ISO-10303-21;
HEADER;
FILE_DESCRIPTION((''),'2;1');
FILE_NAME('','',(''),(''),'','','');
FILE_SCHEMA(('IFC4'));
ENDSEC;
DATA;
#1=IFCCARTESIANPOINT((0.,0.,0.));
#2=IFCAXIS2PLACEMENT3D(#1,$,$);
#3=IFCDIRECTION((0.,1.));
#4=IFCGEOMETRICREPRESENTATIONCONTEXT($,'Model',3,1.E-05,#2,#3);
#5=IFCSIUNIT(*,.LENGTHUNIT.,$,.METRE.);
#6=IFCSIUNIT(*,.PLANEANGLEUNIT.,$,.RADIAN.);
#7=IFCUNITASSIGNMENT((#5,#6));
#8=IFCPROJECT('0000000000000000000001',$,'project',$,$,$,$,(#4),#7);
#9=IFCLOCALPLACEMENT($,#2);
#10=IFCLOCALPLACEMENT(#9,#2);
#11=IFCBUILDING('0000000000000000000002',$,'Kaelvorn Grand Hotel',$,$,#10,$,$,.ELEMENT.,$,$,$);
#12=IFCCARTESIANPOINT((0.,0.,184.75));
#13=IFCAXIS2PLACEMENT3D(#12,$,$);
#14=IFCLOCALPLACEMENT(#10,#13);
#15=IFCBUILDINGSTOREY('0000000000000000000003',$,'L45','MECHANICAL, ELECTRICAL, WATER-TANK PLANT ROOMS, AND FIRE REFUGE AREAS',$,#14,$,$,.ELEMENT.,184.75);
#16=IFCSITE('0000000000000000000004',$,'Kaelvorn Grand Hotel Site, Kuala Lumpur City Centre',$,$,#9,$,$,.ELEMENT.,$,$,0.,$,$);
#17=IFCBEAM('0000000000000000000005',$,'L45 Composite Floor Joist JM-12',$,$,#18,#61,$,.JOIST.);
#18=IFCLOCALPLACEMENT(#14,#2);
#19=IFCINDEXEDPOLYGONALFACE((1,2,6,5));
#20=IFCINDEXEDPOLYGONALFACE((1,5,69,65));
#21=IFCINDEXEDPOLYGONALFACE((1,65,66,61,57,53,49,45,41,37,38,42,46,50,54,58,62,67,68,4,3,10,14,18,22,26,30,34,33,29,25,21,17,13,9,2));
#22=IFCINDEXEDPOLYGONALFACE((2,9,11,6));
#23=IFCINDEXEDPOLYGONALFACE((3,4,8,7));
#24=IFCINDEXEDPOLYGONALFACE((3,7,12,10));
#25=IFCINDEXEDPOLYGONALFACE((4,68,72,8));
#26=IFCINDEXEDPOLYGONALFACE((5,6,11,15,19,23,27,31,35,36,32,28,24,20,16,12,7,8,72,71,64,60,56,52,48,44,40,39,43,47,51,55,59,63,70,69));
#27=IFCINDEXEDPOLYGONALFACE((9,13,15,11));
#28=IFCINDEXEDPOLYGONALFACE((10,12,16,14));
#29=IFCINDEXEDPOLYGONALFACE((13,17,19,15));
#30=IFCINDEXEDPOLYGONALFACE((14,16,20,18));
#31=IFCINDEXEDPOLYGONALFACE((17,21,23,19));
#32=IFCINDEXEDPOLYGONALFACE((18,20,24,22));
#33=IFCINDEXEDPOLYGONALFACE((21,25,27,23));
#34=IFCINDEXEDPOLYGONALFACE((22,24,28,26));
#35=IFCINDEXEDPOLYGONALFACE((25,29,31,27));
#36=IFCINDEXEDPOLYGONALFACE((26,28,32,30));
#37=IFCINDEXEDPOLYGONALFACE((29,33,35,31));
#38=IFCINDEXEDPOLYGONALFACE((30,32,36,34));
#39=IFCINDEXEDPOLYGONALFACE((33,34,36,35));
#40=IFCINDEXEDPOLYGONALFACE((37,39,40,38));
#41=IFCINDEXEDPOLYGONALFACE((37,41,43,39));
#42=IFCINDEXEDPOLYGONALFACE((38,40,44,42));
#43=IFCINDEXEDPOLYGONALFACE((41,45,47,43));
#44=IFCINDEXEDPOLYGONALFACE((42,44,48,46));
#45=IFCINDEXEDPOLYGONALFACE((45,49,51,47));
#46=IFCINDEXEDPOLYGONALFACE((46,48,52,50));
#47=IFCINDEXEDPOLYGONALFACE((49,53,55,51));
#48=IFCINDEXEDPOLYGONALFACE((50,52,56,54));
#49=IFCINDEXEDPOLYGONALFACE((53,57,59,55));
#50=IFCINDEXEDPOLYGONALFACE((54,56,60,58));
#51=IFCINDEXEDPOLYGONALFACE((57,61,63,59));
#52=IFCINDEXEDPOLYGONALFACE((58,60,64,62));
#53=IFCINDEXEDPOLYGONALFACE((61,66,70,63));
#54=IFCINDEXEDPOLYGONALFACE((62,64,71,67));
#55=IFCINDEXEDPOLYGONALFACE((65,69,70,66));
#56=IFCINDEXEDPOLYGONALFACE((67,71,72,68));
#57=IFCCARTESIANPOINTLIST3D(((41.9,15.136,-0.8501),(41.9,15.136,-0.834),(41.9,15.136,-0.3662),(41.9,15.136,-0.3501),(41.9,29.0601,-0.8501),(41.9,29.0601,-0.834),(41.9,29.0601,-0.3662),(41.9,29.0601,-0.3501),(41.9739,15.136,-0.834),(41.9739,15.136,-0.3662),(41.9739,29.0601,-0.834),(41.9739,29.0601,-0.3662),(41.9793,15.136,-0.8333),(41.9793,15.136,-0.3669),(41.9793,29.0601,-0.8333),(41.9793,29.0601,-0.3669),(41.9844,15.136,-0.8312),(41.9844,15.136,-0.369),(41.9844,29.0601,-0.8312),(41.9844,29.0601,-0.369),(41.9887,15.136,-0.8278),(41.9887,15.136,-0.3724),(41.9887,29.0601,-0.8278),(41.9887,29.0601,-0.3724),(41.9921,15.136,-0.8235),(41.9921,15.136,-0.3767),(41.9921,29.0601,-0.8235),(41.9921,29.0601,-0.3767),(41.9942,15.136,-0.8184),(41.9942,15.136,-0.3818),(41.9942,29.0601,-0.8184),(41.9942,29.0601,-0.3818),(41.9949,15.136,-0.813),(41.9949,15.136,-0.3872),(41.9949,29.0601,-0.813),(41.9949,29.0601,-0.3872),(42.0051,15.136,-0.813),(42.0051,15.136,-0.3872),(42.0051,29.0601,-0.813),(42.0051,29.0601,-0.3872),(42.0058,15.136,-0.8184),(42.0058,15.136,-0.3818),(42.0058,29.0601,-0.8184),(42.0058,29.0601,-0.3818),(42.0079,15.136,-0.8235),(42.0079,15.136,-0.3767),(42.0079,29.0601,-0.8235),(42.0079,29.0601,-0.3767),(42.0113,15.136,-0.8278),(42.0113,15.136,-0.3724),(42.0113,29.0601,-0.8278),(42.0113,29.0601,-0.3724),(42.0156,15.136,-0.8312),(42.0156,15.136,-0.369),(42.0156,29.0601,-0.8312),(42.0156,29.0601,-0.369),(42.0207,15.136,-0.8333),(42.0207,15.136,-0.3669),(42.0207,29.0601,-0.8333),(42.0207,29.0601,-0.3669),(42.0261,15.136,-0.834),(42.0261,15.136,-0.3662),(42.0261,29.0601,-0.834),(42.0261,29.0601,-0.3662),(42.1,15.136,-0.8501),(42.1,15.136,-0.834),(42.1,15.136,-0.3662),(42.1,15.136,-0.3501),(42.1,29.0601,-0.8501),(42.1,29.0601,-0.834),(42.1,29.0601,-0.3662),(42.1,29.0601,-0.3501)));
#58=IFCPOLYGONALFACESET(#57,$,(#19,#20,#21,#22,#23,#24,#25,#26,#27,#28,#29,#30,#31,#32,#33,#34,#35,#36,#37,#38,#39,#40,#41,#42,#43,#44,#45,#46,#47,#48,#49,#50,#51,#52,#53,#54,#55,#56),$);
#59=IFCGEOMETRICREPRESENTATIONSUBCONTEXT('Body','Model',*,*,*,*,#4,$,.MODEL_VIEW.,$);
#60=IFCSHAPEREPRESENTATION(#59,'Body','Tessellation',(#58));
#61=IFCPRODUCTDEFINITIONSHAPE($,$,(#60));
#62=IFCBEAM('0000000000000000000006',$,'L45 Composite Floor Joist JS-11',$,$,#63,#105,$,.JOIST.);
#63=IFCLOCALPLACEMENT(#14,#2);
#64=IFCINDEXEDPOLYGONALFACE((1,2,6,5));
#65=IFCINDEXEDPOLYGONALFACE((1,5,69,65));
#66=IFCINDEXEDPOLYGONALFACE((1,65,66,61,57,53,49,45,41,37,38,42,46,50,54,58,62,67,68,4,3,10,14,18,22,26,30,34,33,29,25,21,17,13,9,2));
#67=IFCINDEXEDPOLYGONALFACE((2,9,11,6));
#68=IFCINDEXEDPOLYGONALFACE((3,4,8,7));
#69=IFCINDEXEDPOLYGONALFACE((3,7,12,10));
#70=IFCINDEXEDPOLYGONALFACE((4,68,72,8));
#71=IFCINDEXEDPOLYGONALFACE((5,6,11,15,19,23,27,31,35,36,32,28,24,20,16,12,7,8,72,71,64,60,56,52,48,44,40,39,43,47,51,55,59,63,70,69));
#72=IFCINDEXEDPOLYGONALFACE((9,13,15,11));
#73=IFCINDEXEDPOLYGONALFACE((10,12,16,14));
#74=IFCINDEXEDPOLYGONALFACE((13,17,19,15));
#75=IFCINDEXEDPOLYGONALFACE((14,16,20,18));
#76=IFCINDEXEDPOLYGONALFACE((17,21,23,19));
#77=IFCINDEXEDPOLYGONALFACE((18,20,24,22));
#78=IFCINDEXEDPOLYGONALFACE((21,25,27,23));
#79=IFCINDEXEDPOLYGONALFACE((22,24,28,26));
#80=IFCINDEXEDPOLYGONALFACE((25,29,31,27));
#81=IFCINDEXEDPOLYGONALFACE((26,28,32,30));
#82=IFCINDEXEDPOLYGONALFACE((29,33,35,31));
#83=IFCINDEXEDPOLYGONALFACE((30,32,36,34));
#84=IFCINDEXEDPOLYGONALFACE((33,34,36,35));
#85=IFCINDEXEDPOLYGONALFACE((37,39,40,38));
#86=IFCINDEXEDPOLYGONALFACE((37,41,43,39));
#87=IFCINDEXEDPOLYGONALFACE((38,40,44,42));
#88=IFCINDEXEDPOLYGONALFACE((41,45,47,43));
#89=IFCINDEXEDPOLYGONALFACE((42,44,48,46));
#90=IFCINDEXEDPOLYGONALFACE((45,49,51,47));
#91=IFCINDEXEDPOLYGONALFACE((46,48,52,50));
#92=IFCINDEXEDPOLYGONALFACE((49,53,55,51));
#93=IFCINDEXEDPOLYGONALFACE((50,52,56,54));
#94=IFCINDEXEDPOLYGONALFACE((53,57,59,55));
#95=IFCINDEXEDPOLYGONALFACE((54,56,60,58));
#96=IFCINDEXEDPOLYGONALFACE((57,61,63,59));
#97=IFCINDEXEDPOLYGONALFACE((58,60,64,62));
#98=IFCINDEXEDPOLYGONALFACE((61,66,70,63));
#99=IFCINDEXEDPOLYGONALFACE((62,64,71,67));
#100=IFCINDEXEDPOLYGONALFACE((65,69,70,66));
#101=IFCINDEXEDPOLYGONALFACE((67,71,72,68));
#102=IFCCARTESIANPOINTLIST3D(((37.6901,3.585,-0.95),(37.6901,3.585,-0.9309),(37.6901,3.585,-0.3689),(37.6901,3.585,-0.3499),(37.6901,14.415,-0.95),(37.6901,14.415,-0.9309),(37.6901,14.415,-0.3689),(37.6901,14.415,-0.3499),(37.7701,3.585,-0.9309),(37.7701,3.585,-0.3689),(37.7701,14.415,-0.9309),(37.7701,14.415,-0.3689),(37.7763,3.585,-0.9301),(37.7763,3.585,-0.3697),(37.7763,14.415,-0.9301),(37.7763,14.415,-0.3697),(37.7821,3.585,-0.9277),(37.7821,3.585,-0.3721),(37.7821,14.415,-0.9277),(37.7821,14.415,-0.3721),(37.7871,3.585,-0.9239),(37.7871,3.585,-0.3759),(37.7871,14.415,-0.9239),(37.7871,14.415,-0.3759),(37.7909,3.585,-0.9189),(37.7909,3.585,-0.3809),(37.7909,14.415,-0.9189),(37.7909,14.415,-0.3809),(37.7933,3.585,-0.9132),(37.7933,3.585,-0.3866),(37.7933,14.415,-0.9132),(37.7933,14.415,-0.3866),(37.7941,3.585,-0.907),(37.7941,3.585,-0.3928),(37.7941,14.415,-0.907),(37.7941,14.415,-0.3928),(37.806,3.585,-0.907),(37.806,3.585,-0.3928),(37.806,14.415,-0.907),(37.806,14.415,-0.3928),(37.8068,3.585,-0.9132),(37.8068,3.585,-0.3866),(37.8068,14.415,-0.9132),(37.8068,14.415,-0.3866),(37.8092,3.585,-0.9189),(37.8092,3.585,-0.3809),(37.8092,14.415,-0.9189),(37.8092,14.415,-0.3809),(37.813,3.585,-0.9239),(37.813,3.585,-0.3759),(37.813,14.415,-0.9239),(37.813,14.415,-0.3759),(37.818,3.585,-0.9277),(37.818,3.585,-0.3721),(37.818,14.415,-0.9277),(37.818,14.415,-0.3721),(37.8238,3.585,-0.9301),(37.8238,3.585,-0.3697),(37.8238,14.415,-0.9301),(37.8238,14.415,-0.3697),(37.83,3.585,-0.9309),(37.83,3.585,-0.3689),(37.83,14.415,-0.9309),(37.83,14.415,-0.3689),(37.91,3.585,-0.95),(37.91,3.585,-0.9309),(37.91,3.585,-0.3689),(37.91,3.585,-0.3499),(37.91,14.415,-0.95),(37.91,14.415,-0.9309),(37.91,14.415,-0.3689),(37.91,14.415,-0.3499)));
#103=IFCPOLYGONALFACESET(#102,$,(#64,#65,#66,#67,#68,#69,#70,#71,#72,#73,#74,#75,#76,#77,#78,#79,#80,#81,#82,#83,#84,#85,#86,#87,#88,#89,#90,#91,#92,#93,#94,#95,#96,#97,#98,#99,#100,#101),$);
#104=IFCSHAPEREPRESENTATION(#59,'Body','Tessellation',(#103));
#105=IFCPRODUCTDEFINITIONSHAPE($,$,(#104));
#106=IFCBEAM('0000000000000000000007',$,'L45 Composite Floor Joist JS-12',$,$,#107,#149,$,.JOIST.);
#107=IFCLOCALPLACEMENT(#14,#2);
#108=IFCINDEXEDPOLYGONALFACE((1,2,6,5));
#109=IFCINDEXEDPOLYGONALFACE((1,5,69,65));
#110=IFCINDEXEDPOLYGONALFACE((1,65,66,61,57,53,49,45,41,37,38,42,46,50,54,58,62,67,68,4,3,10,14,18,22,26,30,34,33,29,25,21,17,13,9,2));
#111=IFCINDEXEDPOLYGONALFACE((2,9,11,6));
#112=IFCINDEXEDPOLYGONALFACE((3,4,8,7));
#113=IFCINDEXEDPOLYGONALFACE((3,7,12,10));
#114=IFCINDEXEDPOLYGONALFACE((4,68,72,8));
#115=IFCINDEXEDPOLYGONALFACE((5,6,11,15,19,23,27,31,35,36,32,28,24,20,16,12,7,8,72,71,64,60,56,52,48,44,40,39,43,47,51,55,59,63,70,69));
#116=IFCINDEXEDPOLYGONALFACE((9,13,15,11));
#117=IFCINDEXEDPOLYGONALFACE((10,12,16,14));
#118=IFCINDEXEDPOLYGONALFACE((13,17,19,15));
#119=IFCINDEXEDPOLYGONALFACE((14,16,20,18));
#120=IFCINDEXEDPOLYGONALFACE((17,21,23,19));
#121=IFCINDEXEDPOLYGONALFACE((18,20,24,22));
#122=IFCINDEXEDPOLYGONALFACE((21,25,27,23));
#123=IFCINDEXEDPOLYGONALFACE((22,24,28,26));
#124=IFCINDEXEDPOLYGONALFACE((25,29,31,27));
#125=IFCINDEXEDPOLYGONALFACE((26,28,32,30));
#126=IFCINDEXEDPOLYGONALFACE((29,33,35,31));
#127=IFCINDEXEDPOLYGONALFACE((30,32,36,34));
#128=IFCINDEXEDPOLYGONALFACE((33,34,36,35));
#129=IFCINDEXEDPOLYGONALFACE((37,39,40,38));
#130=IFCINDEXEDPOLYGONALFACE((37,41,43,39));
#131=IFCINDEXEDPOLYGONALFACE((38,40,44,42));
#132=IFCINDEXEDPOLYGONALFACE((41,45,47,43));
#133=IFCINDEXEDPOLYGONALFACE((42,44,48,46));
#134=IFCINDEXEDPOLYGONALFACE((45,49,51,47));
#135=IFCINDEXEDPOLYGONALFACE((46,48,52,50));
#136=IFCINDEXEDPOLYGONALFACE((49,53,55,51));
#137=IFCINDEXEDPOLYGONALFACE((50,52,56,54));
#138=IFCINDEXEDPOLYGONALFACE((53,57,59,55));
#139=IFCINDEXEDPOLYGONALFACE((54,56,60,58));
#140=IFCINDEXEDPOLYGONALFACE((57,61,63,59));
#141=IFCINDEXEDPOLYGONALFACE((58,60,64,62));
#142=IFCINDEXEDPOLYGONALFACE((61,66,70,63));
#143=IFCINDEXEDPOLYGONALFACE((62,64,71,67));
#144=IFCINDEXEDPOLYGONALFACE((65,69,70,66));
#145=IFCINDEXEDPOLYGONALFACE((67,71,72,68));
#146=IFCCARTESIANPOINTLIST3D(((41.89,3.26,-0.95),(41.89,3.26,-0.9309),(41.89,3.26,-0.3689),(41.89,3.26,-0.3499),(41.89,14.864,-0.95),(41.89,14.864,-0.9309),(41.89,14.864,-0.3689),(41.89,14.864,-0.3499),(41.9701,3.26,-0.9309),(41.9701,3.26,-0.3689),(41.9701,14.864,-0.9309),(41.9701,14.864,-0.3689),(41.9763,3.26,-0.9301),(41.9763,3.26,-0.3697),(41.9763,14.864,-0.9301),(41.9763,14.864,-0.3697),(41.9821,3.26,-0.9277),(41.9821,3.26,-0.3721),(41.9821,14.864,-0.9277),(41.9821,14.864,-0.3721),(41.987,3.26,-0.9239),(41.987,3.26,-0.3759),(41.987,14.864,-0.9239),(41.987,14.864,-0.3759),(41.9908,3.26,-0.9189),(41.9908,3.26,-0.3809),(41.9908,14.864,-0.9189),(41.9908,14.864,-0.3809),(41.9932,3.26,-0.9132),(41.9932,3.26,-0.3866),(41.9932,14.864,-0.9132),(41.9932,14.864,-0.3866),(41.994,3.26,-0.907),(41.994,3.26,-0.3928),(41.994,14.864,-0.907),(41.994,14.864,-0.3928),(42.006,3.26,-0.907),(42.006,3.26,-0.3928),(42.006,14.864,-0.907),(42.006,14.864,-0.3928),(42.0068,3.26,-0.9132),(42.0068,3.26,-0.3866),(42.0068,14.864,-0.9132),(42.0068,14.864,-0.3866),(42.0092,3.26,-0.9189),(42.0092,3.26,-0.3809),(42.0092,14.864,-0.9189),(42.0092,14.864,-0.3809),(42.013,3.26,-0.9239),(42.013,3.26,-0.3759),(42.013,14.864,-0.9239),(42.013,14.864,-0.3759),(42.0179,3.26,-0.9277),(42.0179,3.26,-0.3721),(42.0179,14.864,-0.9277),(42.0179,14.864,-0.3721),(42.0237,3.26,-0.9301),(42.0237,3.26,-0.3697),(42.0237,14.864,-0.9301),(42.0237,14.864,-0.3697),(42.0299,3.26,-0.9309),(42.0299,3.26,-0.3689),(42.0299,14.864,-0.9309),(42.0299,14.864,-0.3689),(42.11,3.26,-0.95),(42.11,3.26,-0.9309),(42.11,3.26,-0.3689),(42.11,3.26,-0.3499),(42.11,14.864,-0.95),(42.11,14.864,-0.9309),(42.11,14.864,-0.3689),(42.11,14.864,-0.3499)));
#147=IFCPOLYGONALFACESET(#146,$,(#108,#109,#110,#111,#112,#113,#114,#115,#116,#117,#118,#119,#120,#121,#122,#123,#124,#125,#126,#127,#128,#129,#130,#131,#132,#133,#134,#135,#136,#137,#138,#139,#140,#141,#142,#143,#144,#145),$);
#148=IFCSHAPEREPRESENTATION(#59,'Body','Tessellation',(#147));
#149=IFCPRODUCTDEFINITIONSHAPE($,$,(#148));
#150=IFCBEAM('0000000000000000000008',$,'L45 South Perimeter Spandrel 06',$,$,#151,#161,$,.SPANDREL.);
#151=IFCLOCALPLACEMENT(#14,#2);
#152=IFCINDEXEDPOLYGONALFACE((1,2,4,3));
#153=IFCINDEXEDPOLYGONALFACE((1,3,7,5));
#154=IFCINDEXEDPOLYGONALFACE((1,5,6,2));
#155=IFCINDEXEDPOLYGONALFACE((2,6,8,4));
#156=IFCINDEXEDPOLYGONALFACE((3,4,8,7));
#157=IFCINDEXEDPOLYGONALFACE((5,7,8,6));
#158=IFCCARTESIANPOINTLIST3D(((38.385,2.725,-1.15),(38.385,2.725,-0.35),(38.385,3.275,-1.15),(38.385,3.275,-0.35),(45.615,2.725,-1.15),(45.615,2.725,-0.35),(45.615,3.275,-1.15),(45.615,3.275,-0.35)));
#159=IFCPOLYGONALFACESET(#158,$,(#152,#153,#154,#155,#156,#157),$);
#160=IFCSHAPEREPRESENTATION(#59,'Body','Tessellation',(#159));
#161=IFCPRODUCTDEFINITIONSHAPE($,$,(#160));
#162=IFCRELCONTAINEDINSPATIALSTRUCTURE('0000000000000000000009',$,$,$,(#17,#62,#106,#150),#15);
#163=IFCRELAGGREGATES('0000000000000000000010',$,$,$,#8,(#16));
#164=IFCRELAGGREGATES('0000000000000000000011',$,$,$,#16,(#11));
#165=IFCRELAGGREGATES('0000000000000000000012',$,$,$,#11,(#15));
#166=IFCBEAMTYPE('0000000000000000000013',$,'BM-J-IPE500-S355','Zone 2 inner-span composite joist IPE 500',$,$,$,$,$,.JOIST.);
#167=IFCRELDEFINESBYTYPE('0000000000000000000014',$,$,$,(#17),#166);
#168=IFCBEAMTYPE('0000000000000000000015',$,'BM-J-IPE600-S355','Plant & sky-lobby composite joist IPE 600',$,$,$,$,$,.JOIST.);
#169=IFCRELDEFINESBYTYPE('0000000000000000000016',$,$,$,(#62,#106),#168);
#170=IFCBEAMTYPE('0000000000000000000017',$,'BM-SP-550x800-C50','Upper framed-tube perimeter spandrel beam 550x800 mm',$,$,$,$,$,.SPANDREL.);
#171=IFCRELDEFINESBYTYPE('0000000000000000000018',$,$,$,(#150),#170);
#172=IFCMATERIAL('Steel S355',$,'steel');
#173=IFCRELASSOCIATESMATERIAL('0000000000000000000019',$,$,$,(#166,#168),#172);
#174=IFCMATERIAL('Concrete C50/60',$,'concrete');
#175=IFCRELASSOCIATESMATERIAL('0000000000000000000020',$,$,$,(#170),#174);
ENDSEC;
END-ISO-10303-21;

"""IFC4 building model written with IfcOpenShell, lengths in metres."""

from ifc_helpers import new_model, si_unit, direction, frame, origin, origin_2d, place, context, subcontext, project, spatial, rectangle, i_section, extrude, material, material_profile, profile_set, type_object, element, save


model = new_model("IFC4")

# Units and contexts
model_context = context("Model", 3, precision=1e-05, world=origin(), true_north=direction((0.0, 1.0)))
body_context = subcontext(model_context, "Body", "Model", "MODEL_VIEW")
ifc_project = project(units=[si_unit("LENGTHUNIT", "METRE"), si_unit("PLANEANGLEUNIT", "RADIAN")], contexts=[model_context])

# Site, building, storey
site_placement = place(None, origin())
site = spatial("IfcSite", under=ifc_project, at=site_placement, Name="Kaelvorn Grand Hotel Site, Kuala Lumpur City Centre", CompositionType="ELEMENT", RefElevation=0.0)
building_placement = place(site_placement, origin())
building = spatial("IfcBuilding", under=site, at=building_placement, Name="Kaelvorn Grand Hotel", CompositionType="ELEMENT")
storey_placement = place(building_placement, frame((0.0, 0.0, 184.75)))
storey = spatial("IfcBuildingStorey", under=building, at=storey_placement, Name="L45", Description="MECHANICAL, ELECTRICAL, WATER-TANK PLANT ROOMS, AND FIRE REFUGE AREAS", CompositionType="ELEMENT", Elevation=184.75)

# Beams
ifc_material_1 = material(Name="Steel S355", Category="steel")
ifc_material_profile_1 = material_profile(ifc_material_1, i_section(OverallWidth=0.2, OverallDepth=0.5, WebThickness=0.0103, FlangeThickness=0.0161, FilletRadius=0.021, at=origin_2d()), Name="IPE 500")
ifc_profile_set_1 = profile_set([ifc_material_profile_1], Name="Steel S355")
beam_type_1 = type_object("IfcBeamType", Name="BM-J-IPE500-S355", Description="Zone 2 inner-span composite joist IPE 500", PredefinedType="JOIST", material=ifc_profile_set_1)
beam_1_placement = place(storey_placement, frame((42.0, 15.136, -0.6001), z_axis=(0.0, 1.0, 0.0), x_axis=(-1.0, 0.0, 0.0)))
element("IfcBeam", 1, at=beam_1_placement, inside=storey, type_object=beam_type_1, Name="L45 Composite Floor Joist JM-12", PredefinedType="JOIST", context=body_context, shape_type="SweptSolid", body=[
    extrude(i_section(OverallWidth=0.2, OverallDepth=0.5, WebThickness=0.0103, FlangeThickness=0.0161, FilletRadius=0.021, at=origin_2d()), origin(), (0.0, 0.0, 1.0), 13.9241),
])
ifc_material_profile_2 = material_profile(ifc_material_1, i_section(OverallWidth=0.22, OverallDepth=0.6001, WebThickness=0.012, FlangeThickness=0.019, FilletRadius=0.0239, at=origin_2d()), Name="IPE 600")
ifc_profile_set_2 = profile_set([ifc_material_profile_2], Name="Steel S355")
beam_type_2 = type_object("IfcBeamType", Name="BM-J-IPE600-S355", Description="Plant & sky-lobby composite joist IPE 600", PredefinedType="JOIST", material=ifc_profile_set_2)
beam_2_placement = place(storey_placement, frame((37.8, 3.585, -0.6499), z_axis=(0.0, 1.0, 0.0), x_axis=(-1.0, 0.0, 0.0)))
element("IfcBeam", 2, at=beam_2_placement, inside=storey, type_object=beam_type_2, Name="L45 Composite Floor Joist JS-11", PredefinedType="JOIST", context=body_context, shape_type="SweptSolid", body=[
    extrude(i_section(OverallWidth=0.22, OverallDepth=0.6001, WebThickness=0.012, FlangeThickness=0.019, FilletRadius=0.0239, at=origin_2d()), origin(), (0.0, 0.0, 1.0), 10.8301),
])
beam_3_placement = place(storey_placement, frame((42.0, 3.26, -0.6499), z_axis=(0.0, 1.0, 0.0), x_axis=(-1.0, 0.0, 0.0)))
element("IfcBeam", 3, at=beam_3_placement, inside=storey, type_object=beam_type_2, Name="L45 Composite Floor Joist JS-12", PredefinedType="JOIST", context=body_context, shape_type="SweptSolid", body=[
    extrude(i_section(OverallWidth=0.22, OverallDepth=0.6001, WebThickness=0.012, FlangeThickness=0.019, FilletRadius=0.0239, at=origin_2d()), origin(), (0.0, 0.0, 1.0), 11.604),
])
ifc_material_2 = material(Name="Concrete C50/60", Category="concrete")
ifc_material_profile_3 = material_profile(ifc_material_2, rectangle(XDim=0.55, YDim=0.8, at=origin_2d()), Name="RC SPANDREL 550x800")
ifc_profile_set_3 = profile_set([ifc_material_profile_3], Name="Concrete C50/60")
beam_type_3 = type_object("IfcBeamType", Name="BM-SP-550x800-C50", Description="Upper framed-tube perimeter spandrel beam 550x800 mm", PredefinedType="SPANDREL", material=ifc_profile_set_3)
beam_4_placement = place(storey_placement, frame((38.385, 3.0, -0.75), z_axis=(1.0, 0.0, 0.0), x_axis=(0.0, 1.0, 0.0)))
element("IfcBeam", 4, at=beam_4_placement, inside=storey, type_object=beam_type_3, Name="L45 South Perimeter Spandrel 06", PredefinedType="SPANDREL", context=body_context, shape_type="SweptSolid", body=[
    extrude(rectangle(XDim=0.55, YDim=0.8, at=origin_2d()), origin(), (0.0, 0.0, 1.0), 7.23),
])

save(model, "model.ifc")
